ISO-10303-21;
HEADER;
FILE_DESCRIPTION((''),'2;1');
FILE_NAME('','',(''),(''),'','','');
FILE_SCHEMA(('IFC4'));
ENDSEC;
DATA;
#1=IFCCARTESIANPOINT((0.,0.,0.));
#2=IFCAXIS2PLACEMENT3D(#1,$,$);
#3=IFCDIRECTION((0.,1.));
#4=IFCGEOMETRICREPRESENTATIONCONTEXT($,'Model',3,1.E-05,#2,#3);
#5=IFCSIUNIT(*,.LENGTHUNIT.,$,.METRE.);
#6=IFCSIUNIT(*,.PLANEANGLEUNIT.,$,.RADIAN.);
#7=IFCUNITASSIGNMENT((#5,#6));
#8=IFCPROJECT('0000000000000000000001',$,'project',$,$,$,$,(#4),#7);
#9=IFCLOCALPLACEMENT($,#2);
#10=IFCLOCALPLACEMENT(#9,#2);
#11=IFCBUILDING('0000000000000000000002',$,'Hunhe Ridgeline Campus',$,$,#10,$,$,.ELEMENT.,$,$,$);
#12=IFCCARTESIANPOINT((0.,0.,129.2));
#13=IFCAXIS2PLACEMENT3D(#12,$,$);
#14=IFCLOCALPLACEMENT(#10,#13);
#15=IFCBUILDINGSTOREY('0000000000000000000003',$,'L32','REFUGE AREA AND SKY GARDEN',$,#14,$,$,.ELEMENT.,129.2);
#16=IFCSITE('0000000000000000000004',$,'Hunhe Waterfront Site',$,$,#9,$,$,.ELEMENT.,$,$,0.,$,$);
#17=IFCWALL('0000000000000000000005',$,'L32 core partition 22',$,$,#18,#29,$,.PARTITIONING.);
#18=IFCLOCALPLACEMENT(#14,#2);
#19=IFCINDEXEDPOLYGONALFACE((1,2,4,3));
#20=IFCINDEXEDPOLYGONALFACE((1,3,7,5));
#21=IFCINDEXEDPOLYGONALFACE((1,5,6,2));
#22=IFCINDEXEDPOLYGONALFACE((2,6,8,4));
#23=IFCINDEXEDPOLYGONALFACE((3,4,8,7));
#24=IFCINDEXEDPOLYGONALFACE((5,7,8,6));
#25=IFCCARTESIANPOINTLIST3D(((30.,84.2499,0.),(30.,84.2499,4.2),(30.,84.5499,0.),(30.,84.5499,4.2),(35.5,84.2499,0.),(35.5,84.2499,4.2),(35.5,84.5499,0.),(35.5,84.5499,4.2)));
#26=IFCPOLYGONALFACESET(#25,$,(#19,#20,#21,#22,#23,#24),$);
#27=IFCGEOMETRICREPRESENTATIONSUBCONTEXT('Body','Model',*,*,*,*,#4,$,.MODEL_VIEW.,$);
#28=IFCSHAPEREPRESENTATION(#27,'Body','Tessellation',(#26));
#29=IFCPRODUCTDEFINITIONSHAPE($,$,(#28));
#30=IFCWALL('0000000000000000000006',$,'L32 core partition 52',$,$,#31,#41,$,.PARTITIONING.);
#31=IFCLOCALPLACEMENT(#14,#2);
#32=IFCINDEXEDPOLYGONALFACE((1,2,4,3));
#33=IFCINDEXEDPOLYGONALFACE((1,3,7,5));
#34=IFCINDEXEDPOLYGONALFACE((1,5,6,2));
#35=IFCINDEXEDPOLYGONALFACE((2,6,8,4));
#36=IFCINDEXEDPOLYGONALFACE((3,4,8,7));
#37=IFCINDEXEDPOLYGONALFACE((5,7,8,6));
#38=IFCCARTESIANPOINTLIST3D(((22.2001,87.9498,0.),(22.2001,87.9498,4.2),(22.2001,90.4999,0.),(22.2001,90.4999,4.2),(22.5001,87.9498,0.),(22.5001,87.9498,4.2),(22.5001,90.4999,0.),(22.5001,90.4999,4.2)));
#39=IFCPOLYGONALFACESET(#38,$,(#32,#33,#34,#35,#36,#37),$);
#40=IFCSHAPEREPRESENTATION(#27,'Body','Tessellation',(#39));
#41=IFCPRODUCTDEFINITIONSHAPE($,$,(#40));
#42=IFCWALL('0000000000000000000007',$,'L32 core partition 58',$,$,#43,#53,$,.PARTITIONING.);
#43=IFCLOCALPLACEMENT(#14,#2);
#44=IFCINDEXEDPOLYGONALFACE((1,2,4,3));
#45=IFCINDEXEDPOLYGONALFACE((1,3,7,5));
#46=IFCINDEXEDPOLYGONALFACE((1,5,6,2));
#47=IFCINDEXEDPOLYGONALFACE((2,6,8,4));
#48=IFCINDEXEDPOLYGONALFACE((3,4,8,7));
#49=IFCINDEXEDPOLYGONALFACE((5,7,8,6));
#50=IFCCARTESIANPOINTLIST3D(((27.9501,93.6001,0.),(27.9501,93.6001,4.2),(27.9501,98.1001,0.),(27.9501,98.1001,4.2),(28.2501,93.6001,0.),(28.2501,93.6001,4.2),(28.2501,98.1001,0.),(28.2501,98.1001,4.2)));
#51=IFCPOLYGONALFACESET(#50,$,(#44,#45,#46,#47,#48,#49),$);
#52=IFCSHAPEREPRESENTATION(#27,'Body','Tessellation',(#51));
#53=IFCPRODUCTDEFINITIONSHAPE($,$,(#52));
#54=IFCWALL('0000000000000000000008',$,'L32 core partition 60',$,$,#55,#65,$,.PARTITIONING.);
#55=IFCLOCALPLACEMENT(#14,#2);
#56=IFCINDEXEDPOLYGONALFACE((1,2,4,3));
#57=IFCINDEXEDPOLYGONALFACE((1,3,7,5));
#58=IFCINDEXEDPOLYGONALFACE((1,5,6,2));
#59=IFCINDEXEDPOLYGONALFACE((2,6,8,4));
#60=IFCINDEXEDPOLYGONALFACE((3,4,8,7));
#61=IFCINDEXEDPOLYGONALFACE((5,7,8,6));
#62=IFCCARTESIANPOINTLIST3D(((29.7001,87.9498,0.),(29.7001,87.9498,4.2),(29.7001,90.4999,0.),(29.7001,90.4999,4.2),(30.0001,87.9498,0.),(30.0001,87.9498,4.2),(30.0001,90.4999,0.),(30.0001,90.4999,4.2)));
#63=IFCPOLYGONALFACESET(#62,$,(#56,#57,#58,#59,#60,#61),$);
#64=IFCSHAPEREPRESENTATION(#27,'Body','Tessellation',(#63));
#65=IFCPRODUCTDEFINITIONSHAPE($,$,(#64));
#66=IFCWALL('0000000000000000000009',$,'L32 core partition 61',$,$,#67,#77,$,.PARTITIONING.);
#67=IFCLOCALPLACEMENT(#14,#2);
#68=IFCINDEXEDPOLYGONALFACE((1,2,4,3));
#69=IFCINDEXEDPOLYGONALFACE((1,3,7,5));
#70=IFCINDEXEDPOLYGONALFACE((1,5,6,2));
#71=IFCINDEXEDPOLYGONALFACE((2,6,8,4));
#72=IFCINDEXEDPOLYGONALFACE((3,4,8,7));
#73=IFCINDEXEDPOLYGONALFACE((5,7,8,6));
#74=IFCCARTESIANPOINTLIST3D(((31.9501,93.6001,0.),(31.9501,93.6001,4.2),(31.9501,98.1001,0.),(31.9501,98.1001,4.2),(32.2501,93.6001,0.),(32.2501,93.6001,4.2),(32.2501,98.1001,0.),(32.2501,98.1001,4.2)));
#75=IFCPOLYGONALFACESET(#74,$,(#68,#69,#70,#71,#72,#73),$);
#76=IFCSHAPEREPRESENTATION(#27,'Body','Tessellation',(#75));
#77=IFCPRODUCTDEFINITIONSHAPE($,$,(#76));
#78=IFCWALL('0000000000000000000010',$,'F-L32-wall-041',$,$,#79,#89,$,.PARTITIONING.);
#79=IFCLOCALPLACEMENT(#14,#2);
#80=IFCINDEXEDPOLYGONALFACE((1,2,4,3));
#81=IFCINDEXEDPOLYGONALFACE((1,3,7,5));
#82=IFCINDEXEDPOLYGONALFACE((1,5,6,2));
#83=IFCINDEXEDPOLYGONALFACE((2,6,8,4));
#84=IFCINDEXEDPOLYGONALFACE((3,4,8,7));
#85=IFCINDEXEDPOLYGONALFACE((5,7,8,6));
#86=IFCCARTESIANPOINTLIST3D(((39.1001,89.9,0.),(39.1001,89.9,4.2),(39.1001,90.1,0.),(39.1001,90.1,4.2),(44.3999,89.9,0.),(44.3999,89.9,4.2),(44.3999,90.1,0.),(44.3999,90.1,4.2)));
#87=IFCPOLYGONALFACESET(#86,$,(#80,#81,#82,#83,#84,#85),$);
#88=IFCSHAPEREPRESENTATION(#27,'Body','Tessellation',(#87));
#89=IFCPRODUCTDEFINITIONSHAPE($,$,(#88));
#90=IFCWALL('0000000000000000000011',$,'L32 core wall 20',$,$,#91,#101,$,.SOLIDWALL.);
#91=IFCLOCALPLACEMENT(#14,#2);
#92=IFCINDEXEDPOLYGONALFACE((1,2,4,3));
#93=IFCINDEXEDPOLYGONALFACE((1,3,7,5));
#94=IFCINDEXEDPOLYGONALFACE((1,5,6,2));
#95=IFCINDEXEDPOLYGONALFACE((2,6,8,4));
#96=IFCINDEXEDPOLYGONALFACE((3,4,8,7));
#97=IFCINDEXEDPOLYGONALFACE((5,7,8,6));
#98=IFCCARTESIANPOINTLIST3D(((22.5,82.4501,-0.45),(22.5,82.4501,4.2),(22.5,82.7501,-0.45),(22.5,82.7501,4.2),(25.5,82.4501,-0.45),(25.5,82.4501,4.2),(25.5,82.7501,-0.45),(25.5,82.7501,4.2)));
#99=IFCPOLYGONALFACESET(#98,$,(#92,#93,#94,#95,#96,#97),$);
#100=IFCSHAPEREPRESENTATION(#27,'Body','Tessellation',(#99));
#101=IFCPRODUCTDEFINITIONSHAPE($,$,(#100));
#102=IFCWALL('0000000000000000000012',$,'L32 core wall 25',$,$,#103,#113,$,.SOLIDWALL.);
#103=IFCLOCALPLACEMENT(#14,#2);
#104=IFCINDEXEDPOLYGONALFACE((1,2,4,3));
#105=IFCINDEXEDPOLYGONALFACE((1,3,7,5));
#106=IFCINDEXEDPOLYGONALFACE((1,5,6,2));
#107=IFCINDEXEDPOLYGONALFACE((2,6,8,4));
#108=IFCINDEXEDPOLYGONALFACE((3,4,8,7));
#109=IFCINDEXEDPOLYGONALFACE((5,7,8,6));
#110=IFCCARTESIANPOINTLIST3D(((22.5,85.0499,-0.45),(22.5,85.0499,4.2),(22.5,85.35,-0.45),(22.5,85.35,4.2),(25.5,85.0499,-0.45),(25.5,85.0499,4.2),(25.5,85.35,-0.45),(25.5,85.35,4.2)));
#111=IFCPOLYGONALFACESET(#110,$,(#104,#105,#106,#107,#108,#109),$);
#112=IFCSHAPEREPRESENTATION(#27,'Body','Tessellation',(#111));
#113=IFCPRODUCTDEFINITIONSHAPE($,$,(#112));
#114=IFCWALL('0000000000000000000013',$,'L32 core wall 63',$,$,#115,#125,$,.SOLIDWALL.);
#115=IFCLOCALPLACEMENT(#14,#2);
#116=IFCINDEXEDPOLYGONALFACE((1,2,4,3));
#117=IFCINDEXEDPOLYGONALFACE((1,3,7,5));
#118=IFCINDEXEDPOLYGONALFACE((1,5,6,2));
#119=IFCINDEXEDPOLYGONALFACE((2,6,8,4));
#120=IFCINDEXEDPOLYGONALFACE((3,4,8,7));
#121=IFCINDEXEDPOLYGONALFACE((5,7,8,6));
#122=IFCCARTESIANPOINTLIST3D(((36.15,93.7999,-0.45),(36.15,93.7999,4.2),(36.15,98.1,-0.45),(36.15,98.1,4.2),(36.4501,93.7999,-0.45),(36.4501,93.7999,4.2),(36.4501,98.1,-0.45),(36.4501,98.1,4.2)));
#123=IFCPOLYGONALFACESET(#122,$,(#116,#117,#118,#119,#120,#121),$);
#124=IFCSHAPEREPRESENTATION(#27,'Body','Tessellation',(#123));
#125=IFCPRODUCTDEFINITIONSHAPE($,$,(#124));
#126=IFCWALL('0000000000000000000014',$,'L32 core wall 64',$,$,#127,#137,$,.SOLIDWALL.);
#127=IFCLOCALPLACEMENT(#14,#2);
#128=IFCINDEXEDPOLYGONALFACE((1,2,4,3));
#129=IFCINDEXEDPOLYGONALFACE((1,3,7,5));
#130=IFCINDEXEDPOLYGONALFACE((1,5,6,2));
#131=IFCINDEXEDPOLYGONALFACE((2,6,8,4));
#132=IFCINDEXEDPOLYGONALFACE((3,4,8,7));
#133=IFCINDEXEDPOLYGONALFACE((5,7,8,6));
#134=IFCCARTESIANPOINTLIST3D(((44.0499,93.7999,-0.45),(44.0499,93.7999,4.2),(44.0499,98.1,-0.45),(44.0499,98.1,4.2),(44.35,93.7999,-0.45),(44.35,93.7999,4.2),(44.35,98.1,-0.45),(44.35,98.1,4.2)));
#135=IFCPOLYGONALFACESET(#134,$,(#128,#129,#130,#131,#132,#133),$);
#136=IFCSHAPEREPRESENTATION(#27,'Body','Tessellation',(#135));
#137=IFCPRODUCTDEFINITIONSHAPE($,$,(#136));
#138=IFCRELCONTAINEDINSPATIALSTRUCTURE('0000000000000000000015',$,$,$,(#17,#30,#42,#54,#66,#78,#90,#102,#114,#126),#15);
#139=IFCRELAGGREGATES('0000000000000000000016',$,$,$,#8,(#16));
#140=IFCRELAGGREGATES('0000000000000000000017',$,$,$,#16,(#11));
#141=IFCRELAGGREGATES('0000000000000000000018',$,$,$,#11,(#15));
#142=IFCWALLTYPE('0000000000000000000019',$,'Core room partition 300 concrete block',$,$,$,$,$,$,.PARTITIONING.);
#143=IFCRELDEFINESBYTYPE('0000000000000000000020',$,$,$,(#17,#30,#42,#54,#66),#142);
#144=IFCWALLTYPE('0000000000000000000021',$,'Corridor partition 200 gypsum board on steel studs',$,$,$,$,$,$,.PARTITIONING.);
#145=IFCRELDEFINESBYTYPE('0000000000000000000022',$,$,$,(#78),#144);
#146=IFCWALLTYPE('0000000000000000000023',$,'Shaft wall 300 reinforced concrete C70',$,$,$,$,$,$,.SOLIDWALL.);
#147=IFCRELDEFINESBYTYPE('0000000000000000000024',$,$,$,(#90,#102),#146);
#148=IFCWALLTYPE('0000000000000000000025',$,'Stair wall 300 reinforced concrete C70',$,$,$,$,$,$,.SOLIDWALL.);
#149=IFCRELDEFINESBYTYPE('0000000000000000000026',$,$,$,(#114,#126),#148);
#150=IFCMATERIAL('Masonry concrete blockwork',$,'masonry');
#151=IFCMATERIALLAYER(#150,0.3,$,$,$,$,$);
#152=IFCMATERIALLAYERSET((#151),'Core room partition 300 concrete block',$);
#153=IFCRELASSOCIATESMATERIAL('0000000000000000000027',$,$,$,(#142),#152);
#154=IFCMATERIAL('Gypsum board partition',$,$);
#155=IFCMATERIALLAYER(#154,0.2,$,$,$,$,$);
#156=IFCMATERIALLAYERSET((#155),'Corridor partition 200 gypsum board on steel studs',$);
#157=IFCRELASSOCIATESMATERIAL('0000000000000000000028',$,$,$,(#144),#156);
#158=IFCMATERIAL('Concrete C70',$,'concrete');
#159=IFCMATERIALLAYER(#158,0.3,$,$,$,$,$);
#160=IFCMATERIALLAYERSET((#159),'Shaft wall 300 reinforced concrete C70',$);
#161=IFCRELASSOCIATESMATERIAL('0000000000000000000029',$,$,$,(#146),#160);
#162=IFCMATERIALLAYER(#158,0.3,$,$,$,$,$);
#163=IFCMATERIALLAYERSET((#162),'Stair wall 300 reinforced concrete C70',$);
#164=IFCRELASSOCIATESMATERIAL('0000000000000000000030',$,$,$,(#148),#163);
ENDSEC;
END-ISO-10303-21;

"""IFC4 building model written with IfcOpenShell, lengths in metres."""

from ifc_helpers import new_model, si_unit, direction, frame, frame_2d, origin, place, context, subcontext, project, spatial, rectangle, extrude, material, layer, layer_set, type_object, element, save


model = new_model("IFC4")

# Units and contexts
model_context = context("Model", 3, precision=1e-05, world=origin(), true_north=direction((0.0, 1.0)))
body_context = subcontext(model_context, "Body", "Model", "MODEL_VIEW")
ifc_project = project(units=[si_unit("LENGTHUNIT", "METRE"), si_unit("PLANEANGLEUNIT", "RADIAN")], contexts=[model_context])

# Site, building, storey
site_placement = place(None, origin())
site = spatial("IfcSite", under=ifc_project, at=site_placement, Name="Hunhe Waterfront Site", CompositionType="ELEMENT", RefElevation=0.0)
building_placement = place(site_placement, origin())
building = spatial("IfcBuilding", under=site, at=building_placement, Name="Hunhe Ridgeline Campus", CompositionType="ELEMENT")
storey_placement = place(building_placement, frame((0.0, 0.0, 129.2)))
storey = spatial("IfcBuildingStorey", under=building, at=storey_placement, Name="L32", Description="REFUGE AREA AND SKY GARDEN", CompositionType="ELEMENT", Elevation=129.2)

# Walls
ifc_material_1 = material(Name="Masonry concrete blockwork", Category="masonry")
ifc_layer_1 = layer(ifc_material_1, 0.3)
ifc_layer_set_1 = layer_set([ifc_layer_1], Name="Core room partition 300 concrete block")
wall_type_1 = type_object("IfcWallType", Name="Core room partition 300 concrete block", PredefinedType="PARTITIONING", material=ifc_layer_set_1)
wall_1_placement = place(storey_placement, frame((30.0, 84.3999, 0.0), z_axis=(0.0, 0.0, 1.0), x_axis=(1.0, 0.0, 0.0)))
element("IfcWall", 1, at=wall_1_placement, inside=storey, type_object=wall_type_1, Name="L32 core partition 22", PredefinedType="PARTITIONING", context=body_context, shape_type="SweptSolid", body=[
    extrude(rectangle(XDim=5.5, YDim=0.3, at=frame_2d((2.75, 0.0))), origin(), (0.0, 0.0, 1.0), 4.2),
])
wall_2_placement = place(storey_placement, frame((22.3501, 87.95, 0.0), z_axis=(0.0, 0.0, 1.0), x_axis=(0.0, 1.0, 0.0)))
element("IfcWall", 2, at=wall_2_placement, inside=storey, type_object=wall_type_1, Name="L32 core partition 52", PredefinedType="PARTITIONING", context=body_context, shape_type="SweptSolid", body=[
    extrude(rectangle(XDim=2.55, YDim=0.3, at=frame_2d((1.2749, 0.0))), origin(), (0.0, 0.0, 1.0), 4.2),
])
wall_3_placement = place(storey_placement, frame((28.1001, 93.6001, 0.0), z_axis=(0.0, 0.0, 1.0), x_axis=(0.0, 1.0, 0.0)))
element("IfcWall", 3, at=wall_3_placement, inside=storey, type_object=wall_type_1, Name="L32 core partition 58", PredefinedType="PARTITIONING", context=body_context, shape_type="SweptSolid", body=[
    extrude(rectangle(XDim=4.5, YDim=0.3, at=frame_2d((2.25, 0.0))), origin(), (0.0, 0.0, 1.0), 4.2),
])
wall_4_placement = place(storey_placement, frame((29.8501, 87.95, 0.0), z_axis=(0.0, 0.0, 1.0), x_axis=(0.0, 1.0, 0.0)))
element("IfcWall", 4, at=wall_4_placement, inside=storey, type_object=wall_type_1, Name="L32 core partition 60", PredefinedType="PARTITIONING", context=body_context, shape_type="SweptSolid", body=[
    extrude(rectangle(XDim=2.55, YDim=0.3, at=frame_2d((1.2749, 0.0))), origin(), (0.0, 0.0, 1.0), 4.2),
])
wall_5_placement = place(storey_placement, frame((32.1001, 93.6001, 0.0), z_axis=(0.0, 0.0, 1.0), x_axis=(0.0, 1.0, 0.0)))
element("IfcWall", 5, at=wall_5_placement, inside=storey, type_object=wall_type_1, Name="L32 core partition 61", PredefinedType="PARTITIONING", context=body_context, shape_type="SweptSolid", body=[
    extrude(rectangle(XDim=4.5, YDim=0.3, at=frame_2d((2.25, 0.0))), origin(), (0.0, 0.0, 1.0), 4.2),
])
ifc_material_2 = material(Name="Gypsum board partition")
ifc_layer_2 = layer(ifc_material_2, 0.2)
ifc_layer_set_2 = layer_set([ifc_layer_2], Name="Corridor partition 200 gypsum board on steel studs")
wall_type_2 = type_object("IfcWallType", Name="Corridor partition 200 gypsum board on steel studs", PredefinedType="PARTITIONING", material=ifc_layer_set_2)
wall_6_placement = place(storey_placement, frame((44.3999, 90.0, 0.0), z_axis=(0.0, 0.0, 1.0), x_axis=(-1.0, 0.0, 0.0)))
element("IfcWall", 6, at=wall_6_placement, inside=storey, type_object=wall_type_2, Name="F-L32-wall-041", PredefinedType="PARTITIONING", context=body_context, shape_type="SweptSolid", body=[
    extrude(rectangle(XDim=5.2998, YDim=0.2, at=frame_2d((2.6499, 0.0))), origin(), (0.0, 0.0, 1.0), 4.2),
])

# Walls
ifc_material_3 = material(Name="Concrete C70", Category="concrete")
ifc_layer_3 = layer(ifc_material_3, 0.3)
ifc_layer_set_3 = layer_set([ifc_layer_3], Name="Shaft wall 300 reinforced concrete C70")
wall_type_3 = type_object("IfcWallType", Name="Shaft wall 300 reinforced concrete C70", PredefinedType="SOLIDWALL", material=ifc_layer_set_3)
for number, where, z_axis, x_axis, name in (
    (7, (22.5, 82.6001, -0.45), (0.0, 0.0, 1.0), (1.0, 0.0, 0.0), "L32 core wall 20"),
    (8, (22.5, 85.2, -0.45), (0.0, 0.0, 1.0), (1.0, 0.0, 0.0), "L32 core wall 25"),
):
    element("IfcWall", number, at=place(storey_placement, frame(where, z_axis=z_axis, x_axis=x_axis)), inside=storey, type_object=wall_type_3, Name=name, PredefinedType="SOLIDWALL", context=body_context, shape_type="SweptSolid", body=[
        extrude(rectangle(XDim=3.0, YDim=0.3, at=frame_2d((1.5, 0.0))), origin(), (0.0, 0.0, 1.0), 4.6499),
    ])

# Shared definitions
ifc_layer_4 = layer(ifc_material_3, 0.3)
ifc_layer_set_4 = layer_set([ifc_layer_4], Name="Stair wall 300 reinforced concrete C70")
wall_type_4 = type_object("IfcWallType", Name="Stair wall 300 reinforced concrete C70", PredefinedType="SOLIDWALL", material=ifc_layer_set_4)

# Walls
for number, where, z_axis, x_axis, name in (
    (9, (36.3, 93.8, -0.45), (0.0, 0.0, 1.0), (0.0, 1.0, 0.0), "L32 core wall 63"),
    (10, (44.2, 93.8, -0.45), (0.0, 0.0, 1.0), (0.0, 1.0, 0.0), "L32 core wall 64"),
):
    element("IfcWall", number, at=place(storey_placement, frame(where, z_axis=z_axis, x_axis=x_axis)), inside=storey, type_object=wall_type_4, Name=name, PredefinedType="SOLIDWALL", context=body_context, shape_type="SweptSolid", body=[
        extrude(rectangle(XDim=4.3, YDim=0.3, at=frame_2d((2.1499, 0.0))), origin(), (0.0, 0.0, 1.0), 4.6499),
    ])

save(model, "model.ifc")
